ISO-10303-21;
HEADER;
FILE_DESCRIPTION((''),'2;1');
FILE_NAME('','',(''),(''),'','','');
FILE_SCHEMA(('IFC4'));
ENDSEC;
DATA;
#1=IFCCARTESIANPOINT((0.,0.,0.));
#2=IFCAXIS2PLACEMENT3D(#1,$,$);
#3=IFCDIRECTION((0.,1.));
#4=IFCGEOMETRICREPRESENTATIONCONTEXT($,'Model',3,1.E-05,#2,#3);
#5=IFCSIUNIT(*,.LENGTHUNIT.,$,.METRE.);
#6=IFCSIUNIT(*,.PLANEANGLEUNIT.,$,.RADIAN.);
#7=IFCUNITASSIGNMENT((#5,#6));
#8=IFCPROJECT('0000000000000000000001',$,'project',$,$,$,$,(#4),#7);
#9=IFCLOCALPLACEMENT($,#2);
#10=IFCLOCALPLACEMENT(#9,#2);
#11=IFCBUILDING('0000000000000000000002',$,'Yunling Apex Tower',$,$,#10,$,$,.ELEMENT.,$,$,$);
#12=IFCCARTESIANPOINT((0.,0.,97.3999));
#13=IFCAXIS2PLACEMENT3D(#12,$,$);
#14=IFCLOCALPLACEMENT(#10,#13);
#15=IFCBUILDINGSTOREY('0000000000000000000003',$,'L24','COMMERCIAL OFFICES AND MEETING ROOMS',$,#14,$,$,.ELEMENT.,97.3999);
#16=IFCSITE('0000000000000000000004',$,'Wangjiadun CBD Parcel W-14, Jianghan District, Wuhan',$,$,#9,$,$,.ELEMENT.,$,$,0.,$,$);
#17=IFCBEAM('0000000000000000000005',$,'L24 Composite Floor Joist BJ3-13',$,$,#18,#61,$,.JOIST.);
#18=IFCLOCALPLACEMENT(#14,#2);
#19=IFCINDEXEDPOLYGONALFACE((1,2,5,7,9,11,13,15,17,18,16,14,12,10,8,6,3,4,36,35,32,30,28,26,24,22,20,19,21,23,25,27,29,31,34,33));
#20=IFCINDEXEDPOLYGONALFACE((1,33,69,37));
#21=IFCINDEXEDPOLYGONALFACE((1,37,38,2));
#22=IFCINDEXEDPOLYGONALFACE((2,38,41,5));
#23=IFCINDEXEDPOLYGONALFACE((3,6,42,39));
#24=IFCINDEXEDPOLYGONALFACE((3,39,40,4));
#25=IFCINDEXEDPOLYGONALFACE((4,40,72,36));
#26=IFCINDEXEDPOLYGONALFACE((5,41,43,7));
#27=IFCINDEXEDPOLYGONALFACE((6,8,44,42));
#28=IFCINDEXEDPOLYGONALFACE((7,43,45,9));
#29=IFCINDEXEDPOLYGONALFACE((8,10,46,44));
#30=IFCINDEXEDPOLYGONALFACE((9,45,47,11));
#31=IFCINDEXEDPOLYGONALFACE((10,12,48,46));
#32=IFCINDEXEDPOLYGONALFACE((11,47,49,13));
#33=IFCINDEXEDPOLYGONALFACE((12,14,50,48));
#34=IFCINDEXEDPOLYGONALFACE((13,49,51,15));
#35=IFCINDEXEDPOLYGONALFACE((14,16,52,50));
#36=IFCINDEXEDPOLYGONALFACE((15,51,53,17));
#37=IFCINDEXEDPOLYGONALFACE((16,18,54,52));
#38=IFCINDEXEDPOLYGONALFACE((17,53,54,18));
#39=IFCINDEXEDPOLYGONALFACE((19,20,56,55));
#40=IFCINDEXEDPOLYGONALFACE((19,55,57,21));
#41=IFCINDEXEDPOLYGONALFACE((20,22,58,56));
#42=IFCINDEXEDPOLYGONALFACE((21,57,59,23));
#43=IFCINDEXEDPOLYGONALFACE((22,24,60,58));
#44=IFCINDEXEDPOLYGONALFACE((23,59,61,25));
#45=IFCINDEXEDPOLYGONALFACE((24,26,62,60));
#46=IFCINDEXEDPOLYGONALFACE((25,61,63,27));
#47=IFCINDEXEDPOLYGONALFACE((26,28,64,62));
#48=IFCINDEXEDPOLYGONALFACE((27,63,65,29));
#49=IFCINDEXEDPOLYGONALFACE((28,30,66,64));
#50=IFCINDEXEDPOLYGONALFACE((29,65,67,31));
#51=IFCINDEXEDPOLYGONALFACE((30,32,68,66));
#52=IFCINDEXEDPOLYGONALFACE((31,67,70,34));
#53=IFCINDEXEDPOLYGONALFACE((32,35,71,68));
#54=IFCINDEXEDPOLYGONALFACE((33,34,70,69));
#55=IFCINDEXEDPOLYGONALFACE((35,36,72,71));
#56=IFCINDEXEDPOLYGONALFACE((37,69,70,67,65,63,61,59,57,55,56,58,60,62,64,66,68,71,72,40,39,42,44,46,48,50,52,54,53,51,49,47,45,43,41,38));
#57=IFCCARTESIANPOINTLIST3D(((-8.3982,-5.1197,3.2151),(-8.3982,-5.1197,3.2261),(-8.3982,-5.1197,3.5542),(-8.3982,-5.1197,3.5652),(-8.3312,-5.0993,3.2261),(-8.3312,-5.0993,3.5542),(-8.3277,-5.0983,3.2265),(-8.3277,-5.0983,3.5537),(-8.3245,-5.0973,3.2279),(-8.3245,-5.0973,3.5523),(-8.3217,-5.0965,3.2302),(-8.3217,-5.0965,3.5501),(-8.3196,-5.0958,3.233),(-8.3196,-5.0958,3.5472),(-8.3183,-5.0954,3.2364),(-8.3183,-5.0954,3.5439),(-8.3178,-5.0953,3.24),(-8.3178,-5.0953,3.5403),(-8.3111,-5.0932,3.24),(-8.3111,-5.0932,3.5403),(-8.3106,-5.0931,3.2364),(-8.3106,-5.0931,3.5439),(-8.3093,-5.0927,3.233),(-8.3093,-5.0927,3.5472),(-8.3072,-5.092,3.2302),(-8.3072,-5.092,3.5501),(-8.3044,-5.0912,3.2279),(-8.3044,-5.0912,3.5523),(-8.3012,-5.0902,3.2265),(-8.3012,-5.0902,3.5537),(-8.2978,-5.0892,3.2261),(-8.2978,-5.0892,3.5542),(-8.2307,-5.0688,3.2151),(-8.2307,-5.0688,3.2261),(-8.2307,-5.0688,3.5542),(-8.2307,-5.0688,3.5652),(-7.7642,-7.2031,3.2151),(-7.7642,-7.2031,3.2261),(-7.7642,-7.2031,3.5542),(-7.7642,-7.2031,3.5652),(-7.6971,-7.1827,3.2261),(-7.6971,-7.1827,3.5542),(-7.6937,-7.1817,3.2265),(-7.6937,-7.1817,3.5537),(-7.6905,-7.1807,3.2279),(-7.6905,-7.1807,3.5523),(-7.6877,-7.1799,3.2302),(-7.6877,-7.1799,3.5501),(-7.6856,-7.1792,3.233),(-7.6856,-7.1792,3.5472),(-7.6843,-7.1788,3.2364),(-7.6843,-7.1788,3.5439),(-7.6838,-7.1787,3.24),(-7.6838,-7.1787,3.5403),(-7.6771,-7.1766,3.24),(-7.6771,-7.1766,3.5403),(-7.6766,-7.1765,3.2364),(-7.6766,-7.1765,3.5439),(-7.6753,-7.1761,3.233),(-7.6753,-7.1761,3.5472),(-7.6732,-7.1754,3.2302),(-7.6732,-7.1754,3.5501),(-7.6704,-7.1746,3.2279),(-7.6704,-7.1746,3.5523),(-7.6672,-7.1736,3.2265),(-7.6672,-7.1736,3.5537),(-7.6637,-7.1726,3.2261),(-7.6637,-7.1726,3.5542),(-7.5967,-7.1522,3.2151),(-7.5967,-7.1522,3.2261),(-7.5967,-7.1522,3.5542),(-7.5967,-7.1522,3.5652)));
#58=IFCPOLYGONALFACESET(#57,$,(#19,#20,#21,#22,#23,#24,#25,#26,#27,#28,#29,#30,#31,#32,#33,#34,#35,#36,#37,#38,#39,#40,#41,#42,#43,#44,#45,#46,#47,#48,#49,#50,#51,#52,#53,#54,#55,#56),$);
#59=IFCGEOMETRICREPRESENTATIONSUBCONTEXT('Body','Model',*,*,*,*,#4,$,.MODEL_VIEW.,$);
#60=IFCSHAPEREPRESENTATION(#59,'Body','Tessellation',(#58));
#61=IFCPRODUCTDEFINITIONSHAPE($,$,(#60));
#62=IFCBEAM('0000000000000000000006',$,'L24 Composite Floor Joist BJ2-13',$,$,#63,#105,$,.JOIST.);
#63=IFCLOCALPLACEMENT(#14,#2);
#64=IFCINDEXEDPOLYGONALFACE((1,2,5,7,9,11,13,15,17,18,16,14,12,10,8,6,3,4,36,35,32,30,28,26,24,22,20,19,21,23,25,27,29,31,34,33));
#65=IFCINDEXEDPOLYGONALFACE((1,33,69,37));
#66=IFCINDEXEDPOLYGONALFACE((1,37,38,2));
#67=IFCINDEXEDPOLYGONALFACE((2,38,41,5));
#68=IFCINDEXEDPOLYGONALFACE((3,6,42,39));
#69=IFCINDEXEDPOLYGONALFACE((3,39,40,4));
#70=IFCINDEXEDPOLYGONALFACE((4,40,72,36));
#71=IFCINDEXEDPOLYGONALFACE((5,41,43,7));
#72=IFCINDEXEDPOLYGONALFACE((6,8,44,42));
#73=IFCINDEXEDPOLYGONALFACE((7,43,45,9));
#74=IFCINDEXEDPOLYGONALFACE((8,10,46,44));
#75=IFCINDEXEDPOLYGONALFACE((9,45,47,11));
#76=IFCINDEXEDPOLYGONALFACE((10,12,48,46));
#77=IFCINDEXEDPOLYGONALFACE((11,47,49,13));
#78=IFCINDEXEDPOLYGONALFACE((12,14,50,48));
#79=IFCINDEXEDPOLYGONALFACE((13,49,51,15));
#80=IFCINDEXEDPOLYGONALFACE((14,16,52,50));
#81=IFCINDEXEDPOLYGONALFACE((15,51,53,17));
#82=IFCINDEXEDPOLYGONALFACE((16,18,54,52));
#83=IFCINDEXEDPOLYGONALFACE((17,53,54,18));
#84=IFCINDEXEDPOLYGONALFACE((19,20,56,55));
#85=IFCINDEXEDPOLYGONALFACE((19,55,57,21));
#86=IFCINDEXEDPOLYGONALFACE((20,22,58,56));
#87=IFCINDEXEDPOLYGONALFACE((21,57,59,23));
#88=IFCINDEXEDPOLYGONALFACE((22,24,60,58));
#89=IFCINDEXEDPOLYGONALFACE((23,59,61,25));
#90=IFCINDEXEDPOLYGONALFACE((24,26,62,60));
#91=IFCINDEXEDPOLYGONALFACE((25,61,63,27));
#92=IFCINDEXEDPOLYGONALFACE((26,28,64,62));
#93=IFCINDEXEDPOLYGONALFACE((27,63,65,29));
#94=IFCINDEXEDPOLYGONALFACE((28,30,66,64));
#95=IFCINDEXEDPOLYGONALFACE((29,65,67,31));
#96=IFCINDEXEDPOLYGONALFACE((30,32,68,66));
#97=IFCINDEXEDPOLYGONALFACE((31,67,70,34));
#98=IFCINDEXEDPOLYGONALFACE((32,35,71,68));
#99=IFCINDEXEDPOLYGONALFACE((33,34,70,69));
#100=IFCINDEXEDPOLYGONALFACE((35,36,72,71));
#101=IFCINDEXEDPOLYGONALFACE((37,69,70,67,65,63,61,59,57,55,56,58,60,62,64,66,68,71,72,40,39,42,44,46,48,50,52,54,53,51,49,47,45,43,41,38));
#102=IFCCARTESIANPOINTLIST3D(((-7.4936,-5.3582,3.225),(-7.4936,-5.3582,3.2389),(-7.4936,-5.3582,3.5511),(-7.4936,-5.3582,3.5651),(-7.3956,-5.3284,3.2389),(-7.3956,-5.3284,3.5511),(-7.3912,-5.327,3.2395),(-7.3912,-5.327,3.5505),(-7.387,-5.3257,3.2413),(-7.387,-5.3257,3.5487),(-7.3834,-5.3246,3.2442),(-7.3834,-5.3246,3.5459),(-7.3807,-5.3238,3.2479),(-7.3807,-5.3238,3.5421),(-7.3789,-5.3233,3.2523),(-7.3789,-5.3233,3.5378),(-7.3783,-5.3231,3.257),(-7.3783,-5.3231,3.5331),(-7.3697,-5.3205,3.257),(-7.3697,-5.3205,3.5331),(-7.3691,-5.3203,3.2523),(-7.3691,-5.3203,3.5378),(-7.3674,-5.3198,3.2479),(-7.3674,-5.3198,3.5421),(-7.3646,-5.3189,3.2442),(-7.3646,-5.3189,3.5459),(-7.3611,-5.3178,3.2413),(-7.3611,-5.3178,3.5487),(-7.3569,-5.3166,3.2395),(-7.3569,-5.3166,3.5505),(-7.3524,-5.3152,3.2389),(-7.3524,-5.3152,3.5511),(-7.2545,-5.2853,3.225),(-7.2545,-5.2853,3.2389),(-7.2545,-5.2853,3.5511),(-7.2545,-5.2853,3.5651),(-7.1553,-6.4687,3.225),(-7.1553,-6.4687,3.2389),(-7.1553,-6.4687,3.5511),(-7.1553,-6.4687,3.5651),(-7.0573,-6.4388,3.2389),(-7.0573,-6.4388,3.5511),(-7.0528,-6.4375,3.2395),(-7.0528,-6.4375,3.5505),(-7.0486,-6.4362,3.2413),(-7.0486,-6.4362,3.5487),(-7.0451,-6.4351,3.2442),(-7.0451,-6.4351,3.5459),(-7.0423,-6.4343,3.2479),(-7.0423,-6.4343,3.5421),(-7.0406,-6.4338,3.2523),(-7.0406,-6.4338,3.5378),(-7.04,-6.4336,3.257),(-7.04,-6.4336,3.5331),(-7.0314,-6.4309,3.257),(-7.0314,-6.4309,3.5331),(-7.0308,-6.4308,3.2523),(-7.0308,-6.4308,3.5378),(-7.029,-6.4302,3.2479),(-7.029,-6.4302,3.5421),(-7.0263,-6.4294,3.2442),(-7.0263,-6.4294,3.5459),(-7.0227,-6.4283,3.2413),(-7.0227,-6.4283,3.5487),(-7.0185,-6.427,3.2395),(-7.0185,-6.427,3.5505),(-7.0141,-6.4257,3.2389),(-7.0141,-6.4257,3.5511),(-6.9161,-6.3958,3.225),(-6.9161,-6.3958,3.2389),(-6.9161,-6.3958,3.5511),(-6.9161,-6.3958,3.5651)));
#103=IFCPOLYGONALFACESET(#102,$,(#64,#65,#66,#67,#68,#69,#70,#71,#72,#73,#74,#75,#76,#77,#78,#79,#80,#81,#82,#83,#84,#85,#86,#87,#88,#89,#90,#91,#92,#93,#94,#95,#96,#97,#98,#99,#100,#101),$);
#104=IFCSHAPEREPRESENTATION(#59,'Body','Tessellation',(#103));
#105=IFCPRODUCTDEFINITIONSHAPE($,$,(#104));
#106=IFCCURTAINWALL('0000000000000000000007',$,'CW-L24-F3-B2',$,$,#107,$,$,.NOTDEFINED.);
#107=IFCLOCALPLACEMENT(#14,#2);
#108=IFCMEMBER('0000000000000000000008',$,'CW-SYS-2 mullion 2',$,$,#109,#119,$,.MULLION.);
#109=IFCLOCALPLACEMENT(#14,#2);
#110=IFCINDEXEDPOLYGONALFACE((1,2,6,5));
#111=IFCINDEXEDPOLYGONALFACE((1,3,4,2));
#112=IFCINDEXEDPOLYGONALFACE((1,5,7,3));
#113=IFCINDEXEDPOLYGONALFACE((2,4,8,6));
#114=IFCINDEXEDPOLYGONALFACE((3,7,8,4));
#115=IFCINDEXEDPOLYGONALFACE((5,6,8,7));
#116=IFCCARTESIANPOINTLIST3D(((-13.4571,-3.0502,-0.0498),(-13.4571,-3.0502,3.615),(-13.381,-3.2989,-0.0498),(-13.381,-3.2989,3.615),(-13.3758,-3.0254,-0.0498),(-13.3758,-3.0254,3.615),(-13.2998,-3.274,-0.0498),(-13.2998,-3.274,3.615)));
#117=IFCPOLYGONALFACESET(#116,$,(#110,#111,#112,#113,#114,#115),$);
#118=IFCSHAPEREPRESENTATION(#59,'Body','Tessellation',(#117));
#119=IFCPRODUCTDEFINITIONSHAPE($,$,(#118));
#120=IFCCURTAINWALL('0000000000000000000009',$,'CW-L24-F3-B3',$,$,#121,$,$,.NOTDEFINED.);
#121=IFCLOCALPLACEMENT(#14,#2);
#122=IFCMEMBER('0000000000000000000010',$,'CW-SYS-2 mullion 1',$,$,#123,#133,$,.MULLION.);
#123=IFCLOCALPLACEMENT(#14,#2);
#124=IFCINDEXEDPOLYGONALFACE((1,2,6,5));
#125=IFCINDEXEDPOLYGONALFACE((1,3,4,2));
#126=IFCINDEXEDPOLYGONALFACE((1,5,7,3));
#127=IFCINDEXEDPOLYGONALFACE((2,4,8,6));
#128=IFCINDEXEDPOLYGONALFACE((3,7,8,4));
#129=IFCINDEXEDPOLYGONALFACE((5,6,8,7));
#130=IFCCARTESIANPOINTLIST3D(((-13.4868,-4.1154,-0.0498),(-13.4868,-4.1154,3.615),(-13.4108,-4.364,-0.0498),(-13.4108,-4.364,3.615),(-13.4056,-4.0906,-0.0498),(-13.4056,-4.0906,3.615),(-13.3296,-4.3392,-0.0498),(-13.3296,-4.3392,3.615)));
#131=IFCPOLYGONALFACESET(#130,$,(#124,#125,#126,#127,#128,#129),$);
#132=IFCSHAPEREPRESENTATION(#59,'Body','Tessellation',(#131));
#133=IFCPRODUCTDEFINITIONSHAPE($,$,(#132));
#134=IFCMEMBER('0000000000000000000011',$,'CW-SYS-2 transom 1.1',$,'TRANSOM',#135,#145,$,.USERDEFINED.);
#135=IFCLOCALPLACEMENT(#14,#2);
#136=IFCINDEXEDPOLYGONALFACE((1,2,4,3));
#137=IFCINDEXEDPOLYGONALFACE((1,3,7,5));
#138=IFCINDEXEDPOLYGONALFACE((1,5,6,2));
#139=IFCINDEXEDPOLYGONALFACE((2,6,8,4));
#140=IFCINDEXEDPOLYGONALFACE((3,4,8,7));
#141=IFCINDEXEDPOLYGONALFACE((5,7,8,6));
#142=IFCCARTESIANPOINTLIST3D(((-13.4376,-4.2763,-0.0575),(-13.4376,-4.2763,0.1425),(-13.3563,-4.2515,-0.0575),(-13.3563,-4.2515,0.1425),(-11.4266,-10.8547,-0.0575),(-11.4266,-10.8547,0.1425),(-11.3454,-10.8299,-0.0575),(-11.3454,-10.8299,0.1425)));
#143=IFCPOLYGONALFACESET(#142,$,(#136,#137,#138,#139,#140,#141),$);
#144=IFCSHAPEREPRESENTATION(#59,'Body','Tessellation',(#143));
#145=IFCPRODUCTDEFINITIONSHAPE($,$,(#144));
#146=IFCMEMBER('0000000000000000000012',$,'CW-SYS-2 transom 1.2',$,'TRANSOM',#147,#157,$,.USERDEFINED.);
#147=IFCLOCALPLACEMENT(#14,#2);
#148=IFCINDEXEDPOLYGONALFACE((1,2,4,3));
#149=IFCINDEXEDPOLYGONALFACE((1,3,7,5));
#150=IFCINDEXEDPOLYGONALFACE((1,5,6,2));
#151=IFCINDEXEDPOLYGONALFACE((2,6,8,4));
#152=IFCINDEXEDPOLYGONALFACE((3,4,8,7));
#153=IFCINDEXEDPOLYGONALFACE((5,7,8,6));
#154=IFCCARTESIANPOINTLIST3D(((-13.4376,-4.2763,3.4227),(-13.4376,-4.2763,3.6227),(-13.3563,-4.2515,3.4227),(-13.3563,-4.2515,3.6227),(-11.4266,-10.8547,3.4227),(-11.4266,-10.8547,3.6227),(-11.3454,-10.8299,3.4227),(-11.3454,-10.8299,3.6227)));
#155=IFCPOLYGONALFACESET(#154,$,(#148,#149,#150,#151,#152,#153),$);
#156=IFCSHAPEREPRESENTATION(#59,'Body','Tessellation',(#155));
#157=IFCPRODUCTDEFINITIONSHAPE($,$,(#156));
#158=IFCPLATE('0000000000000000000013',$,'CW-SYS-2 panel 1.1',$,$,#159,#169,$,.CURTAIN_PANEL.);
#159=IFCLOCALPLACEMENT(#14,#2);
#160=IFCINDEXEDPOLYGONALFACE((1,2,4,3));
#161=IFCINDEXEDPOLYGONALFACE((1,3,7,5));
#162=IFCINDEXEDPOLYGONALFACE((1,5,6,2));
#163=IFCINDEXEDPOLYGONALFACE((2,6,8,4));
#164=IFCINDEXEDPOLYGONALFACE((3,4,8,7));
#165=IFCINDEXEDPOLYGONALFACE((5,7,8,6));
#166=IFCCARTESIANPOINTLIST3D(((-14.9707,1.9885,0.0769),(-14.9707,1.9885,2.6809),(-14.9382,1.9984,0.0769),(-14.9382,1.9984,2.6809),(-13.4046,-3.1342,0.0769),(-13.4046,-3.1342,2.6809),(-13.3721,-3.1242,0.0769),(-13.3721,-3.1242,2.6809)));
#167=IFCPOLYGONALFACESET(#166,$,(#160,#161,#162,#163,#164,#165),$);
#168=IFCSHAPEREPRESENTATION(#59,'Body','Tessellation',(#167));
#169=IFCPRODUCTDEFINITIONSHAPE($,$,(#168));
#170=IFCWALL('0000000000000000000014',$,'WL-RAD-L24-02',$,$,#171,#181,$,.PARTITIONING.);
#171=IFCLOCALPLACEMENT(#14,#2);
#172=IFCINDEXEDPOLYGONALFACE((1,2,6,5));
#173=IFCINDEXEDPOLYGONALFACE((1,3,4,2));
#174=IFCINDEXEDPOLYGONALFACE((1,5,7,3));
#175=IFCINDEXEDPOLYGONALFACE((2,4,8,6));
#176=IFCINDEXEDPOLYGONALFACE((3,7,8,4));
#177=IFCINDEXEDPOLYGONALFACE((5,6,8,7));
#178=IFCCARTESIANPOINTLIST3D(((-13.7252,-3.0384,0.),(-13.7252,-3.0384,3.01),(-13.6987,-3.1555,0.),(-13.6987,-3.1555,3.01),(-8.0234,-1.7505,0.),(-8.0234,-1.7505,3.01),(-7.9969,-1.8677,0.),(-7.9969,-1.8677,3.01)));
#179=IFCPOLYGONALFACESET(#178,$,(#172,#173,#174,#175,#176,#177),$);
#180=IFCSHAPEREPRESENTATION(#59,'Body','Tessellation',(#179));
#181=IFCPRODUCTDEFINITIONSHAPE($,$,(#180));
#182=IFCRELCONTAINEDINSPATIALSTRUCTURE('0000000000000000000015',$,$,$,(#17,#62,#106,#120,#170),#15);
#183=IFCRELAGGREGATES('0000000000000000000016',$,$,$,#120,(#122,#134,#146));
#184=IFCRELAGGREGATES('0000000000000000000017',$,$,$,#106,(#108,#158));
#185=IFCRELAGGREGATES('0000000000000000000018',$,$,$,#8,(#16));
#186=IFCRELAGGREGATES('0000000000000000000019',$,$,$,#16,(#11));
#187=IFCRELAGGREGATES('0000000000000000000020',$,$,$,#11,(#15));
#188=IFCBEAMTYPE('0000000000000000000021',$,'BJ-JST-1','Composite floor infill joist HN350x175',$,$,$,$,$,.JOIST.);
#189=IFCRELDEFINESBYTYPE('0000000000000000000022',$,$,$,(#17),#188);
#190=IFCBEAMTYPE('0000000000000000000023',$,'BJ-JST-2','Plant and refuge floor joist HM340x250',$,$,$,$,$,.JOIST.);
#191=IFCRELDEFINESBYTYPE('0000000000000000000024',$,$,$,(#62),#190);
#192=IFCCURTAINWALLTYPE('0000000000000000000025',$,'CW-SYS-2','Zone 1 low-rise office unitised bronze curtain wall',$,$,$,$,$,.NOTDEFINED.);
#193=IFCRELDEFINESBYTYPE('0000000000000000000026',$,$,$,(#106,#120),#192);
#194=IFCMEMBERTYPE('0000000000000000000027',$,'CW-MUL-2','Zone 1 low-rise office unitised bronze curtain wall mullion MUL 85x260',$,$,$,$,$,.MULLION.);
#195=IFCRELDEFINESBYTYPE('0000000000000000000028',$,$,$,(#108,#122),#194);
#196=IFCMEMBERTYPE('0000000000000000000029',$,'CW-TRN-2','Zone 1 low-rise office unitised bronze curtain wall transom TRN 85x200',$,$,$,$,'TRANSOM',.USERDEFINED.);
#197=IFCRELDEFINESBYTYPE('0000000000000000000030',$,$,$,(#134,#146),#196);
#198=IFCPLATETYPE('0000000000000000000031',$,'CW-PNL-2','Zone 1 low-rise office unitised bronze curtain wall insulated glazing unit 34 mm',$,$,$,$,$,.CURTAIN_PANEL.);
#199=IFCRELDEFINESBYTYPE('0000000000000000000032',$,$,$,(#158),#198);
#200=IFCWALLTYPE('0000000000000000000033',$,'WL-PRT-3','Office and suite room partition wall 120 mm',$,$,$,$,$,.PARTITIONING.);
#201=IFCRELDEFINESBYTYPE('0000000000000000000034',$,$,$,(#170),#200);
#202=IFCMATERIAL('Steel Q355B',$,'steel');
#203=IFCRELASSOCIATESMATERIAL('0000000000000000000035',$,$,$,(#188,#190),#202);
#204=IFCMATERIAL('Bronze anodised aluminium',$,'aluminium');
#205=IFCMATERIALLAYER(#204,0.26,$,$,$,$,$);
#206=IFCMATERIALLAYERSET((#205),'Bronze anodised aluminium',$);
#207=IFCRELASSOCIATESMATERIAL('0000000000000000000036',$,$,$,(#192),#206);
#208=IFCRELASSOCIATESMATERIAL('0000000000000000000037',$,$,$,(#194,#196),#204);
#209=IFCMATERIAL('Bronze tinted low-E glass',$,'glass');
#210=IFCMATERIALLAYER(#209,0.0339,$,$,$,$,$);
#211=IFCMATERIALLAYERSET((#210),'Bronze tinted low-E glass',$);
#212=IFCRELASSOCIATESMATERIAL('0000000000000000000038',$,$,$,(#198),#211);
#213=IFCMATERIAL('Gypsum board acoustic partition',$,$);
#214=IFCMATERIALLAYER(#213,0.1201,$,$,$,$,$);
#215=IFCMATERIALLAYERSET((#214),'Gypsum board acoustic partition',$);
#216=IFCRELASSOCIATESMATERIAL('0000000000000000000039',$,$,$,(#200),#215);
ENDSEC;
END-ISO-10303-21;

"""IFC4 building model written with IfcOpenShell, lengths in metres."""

from ifc_helpers import new_model, si_unit, direction, frame, frame_2d, origin, origin_2d, place, context, subcontext, project, spatial, rectangle, i_section, extrude, source, transform, mapped, material, layer, layer_set, material_profile, profile_set, type_object, element, aggregate, save


model = new_model("IFC4")

# Units and contexts
model_context = context("Model", 3, precision=1e-05, world=origin(), true_north=direction((0.0, 1.0)))
body_context = subcontext(model_context, "Body", "Model", "MODEL_VIEW")
ifc_project = project(units=[si_unit("LENGTHUNIT", "METRE"), si_unit("PLANEANGLEUNIT", "RADIAN")], contexts=[model_context])

# Site, building, storey
site_placement = place(None, origin())
site = spatial("IfcSite", under=ifc_project, at=site_placement, Name="Wangjiadun CBD Parcel W-14, Jianghan District, Wuhan", CompositionType="ELEMENT", RefElevation=0.0)
building_placement = place(site_placement, origin())
building = spatial("IfcBuilding", under=site, at=building_placement, Name="Yunling Apex Tower", CompositionType="ELEMENT")
storey_placement = place(building_placement, frame((0.0, 0.0, 97.3999)))
storey = spatial("IfcBuildingStorey", under=building, at=storey_placement, Name="L24", Description="COMMERCIAL OFFICES AND MEETING ROOMS", CompositionType="ELEMENT", Elevation=97.3999)

# Beams
ifc_material_1 = material(Name="Steel Q355B", Category="steel")
ifc_material_profile_1 = material_profile(ifc_material_1, i_section(OverallWidth=0.175, OverallDepth=0.3501, WebThickness=0.0071, FlangeThickness=0.011, FilletRadius=0.0139, at=origin_2d()))
ifc_profile_set_1 = profile_set([ifc_material_profile_1], Name="Steel Q355B")
beam_type_1 = type_object("IfcBeamType", Name="BJ-JST-1", Description="Composite floor infill joist HN350x175", PredefinedType="JOIST", material=ifc_profile_set_1)
shared_shape_1 = source(origin(), body_context, "Body", "SweptSolid", [
    extrude(i_section(OverallWidth=0.175, OverallDepth=0.3501, WebThickness=0.0071, FlangeThickness=0.011, FilletRadius=0.0139, at=origin_2d()), origin(), (0.0, 0.0, 1.0), 2.1777),
])
beam_1_placement = place(storey_placement, frame((-8.3145, -5.0942, 3.3901), z_axis=(0.29113, -0.956683, 0.0), x_axis=(0.956683, 0.29113, 0.0)))
element("IfcBeam", 1, at=beam_1_placement, inside=storey, type_object=beam_type_1, Name="L24 Composite Floor Joist BJ3-13", PredefinedType="JOIST", context=body_context, shape_type="MappedRepresentation", body=[
    mapped(shared_shape_1, transform((0.0, 0.0, 0.0), scale=1.0)),
])
ifc_material_profile_2 = material_profile(ifc_material_1, i_section(OverallWidth=0.25, OverallDepth=0.3401, WebThickness=0.009, FlangeThickness=0.0139, FilletRadius=0.0181, at=origin_2d()))
ifc_profile_set_2 = profile_set([ifc_material_profile_2], Name="Steel Q355B")
beam_type_2 = type_object("IfcBeamType", Name="BJ-JST-2", Description="Plant and refuge floor joist HM340x250", PredefinedType="JOIST", material=ifc_profile_set_2)
shared_shape_2 = source(origin(), body_context, "Body", "SweptSolid", [
    extrude(i_section(OverallWidth=0.25, OverallDepth=0.3401, WebThickness=0.009, FlangeThickness=0.0139, FilletRadius=0.0181, at=origin_2d()), origin(), (0.0, 0.0, 1.0), 1.1609),
])
beam_2_placement = place(storey_placement, frame((-7.374, -5.3218, 3.395), z_axis=(0.291454, -0.956585, 0.0), x_axis=(0.956585, 0.291454, 0.0)))
element("IfcBeam", 2, at=beam_2_placement, inside=storey, type_object=beam_type_2, Name="L24 Composite Floor Joist BJ2-13", PredefinedType="JOIST", context=body_context, shape_type="MappedRepresentation", body=[
    mapped(shared_shape_2, transform((0.0, 0.0, 0.0), scale=1.0)),
])

# Curtain wall, member
ifc_material_2 = material(Name="Bronze anodised aluminium", Category="aluminium")
ifc_layer_1 = layer(ifc_material_2, 0.26)
ifc_layer_set_1 = layer_set([ifc_layer_1], Name="Bronze anodised aluminium")
curtain_wall_type = type_object("IfcCurtainWallType", Name="CW-SYS-2", Description="Zone 1 low-rise office unitised bronze curtain wall", PredefinedType="NOTDEFINED", material=ifc_layer_set_1)
curtain_wall_1_placement = place(storey_placement, origin())
curtain_wall_1 = element("IfcCurtainWall", 3, at=curtain_wall_1_placement, inside=storey, type_object=curtain_wall_type, Name="CW-L24-F3-B2", PredefinedType="NOTDEFINED")
ifc_material_profile_3 = material_profile(ifc_material_2, rectangle(XDim=0.085, YDim=0.26, at=origin_2d()))
ifc_profile_set_3 = profile_set([ifc_material_profile_3], Name="Bronze anodised aluminium")
member_type_1 = type_object("IfcMemberType", Name="CW-MUL-2", Description="Zone 1 low-rise office unitised bronze curtain wall mullion MUL 85x260", PredefinedType="MULLION", material=ifc_profile_set_3)
shared_shape_3 = source(origin(), body_context, "Body", "SweptSolid", [
    extrude(rectangle(XDim=0.085, YDim=0.26, at=origin_2d()), origin(), (0.0, 0.0, 1.0), 3.6648),
])
member_1_placement = place(storey_placement, frame((-13.3784, -3.1621, -0.0498), z_axis=(0.0, 0.0, 1.0), x_axis=(0.956307, 0.292364, 0.0)))
member_1 = element("IfcMember", 4, at=member_1_placement, type_object=member_type_1, Name="CW-SYS-2 mullion 2", PredefinedType="MULLION", context=body_context, shape_type="MappedRepresentation", body=[
    mapped(shared_shape_3, transform((0.0, 0.0, 0.0), scale=1.0)),
])

# Curtain wall, members
curtain_wall_2_placement = place(storey_placement, origin())
curtain_wall_2 = element("IfcCurtainWall", 5, at=curtain_wall_2_placement, inside=storey, type_object=curtain_wall_type, Name="CW-L24-F3-B3", PredefinedType="NOTDEFINED")
member_2_placement = place(storey_placement, frame((-13.4082, -4.2273, -0.0498), z_axis=(0.0, 0.0, 1.0), x_axis=(0.956304, 0.292373, 0.0)))
member_2 = element("IfcMember", 6, at=member_2_placement, type_object=member_type_1, Name="CW-SYS-2 mullion 1", PredefinedType="MULLION", context=body_context, shape_type="MappedRepresentation", body=[
    mapped(shared_shape_3, transform((0.0, 0.0, 0.0), scale=1.0)),
])
ifc_material_profile_4 = material_profile(ifc_material_2, rectangle(XDim=0.085, YDim=0.2, at=origin_2d()))
ifc_profile_set_4 = profile_set([ifc_material_profile_4], Name="Bronze anodised aluminium")
member_type_2 = type_object("IfcMemberType", Name="CW-TRN-2", Description="Zone 1 low-rise office unitised bronze curtain wall transom TRN 85x200", ElementType="TRANSOM", PredefinedType="USERDEFINED", material=ifc_profile_set_4)
shared_shape_4 = source(origin(), body_context, "Body", "SweptSolid", [
    extrude(rectangle(XDim=0.085, YDim=0.2, at=origin_2d()), origin(), (0.0, 0.0, 1.0), 6.8789),
])
member_3_placement = place(storey_placement, frame((-13.397, -4.2639, 0.0425), z_axis=(0.292342, -0.956314, 0.0), x_axis=(0.956314, 0.292342, 0.0)))
member_3 = element("IfcMember", 7, at=member_3_placement, type_object=member_type_2, Name="CW-SYS-2 transom 1.1", ObjectType="TRANSOM", PredefinedType="USERDEFINED", context=body_context, shape_type="MappedRepresentation", body=[
    mapped(shared_shape_4, transform((0.0, 0.0, 0.0), scale=1.0)),
])
member_4_placement = place(storey_placement, frame((-13.397, -4.2639, 3.5227), z_axis=(0.292342, -0.956314, 0.0), x_axis=(0.956314, 0.292342, 0.0)))
member_4 = element("IfcMember", 8, at=member_4_placement, type_object=member_type_2, Name="CW-SYS-2 transom 1.2", ObjectType="TRANSOM", PredefinedType="USERDEFINED", context=body_context, shape_type="MappedRepresentation", body=[
    mapped(shared_shape_4, transform((0.0, 0.0, 0.0), scale=1.0)),
])
aggregate(curtain_wall_2, [member_2, member_3, member_4])

# Plate
ifc_material_3 = material(Name="Bronze tinted low-E glass", Category="glass")
ifc_layer_2 = layer(ifc_material_3, 0.0339)
ifc_layer_set_2 = layer_set([ifc_layer_2], Name="Bronze tinted low-E glass")
plate_type = type_object("IfcPlateType", Name="CW-PNL-2", Description="Zone 1 low-rise office unitised bronze curtain wall insulated glazing unit 34 mm", PredefinedType="CURTAIN_PANEL", material=ifc_layer_set_2)
shared_shape_5 = source(origin(), body_context, "Body", "SweptSolid", [
    extrude(rectangle(XDim=5.3567, YDim=0.0339, at=origin_2d()), origin(), (0.0, 0.0, 1.0), 2.604),
])
plate_placement = place(storey_placement, frame((-14.1714, -0.5679, 0.0769), z_axis=(0.0, 0.0, 1.0), x_axis=(0.292364, -0.956307, 0.0)))
plate = element("IfcPlate", 9, at=plate_placement, type_object=plate_type, Name="CW-SYS-2 panel 1.1", PredefinedType="CURTAIN_PANEL", context=body_context, shape_type="MappedRepresentation", body=[
    mapped(shared_shape_5, transform((0.0, 0.0, 0.0), scale=1.0)),
])
aggregate(curtain_wall_1, [member_1, plate])

# Wall
ifc_material_4 = material(Name="Gypsum board acoustic partition")
ifc_layer_3 = layer(ifc_material_4, 0.1201)
ifc_layer_set_3 = layer_set([ifc_layer_3], Name="Gypsum board acoustic partition")
wall_type_1 = type_object("IfcWallType", Name="WL-PRT-3", Description="Office and suite room partition wall 120 mm", PredefinedType="PARTITIONING", material=ifc_layer_set_3)
wall_1_placement = place(storey_placement, frame((-8.01, -1.8091, 0.0), z_axis=(0.0, 0.0, 1.0), x_axis=(-0.975429, -0.220312, 0.0)))
element("IfcWall", 10, at=wall_1_placement, inside=storey, type_object=wall_type_1, Name="WL-RAD-L24-02", PredefinedType="PARTITIONING", context=body_context, shape_type="SweptSolid", body=[
    extrude(rectangle(XDim=5.8455, YDim=0.1201, at=frame_2d((2.9229, 0.0))), origin(), (0.0, 0.0, 1.0), 3.01),
])

save(model, "model.ifc")
